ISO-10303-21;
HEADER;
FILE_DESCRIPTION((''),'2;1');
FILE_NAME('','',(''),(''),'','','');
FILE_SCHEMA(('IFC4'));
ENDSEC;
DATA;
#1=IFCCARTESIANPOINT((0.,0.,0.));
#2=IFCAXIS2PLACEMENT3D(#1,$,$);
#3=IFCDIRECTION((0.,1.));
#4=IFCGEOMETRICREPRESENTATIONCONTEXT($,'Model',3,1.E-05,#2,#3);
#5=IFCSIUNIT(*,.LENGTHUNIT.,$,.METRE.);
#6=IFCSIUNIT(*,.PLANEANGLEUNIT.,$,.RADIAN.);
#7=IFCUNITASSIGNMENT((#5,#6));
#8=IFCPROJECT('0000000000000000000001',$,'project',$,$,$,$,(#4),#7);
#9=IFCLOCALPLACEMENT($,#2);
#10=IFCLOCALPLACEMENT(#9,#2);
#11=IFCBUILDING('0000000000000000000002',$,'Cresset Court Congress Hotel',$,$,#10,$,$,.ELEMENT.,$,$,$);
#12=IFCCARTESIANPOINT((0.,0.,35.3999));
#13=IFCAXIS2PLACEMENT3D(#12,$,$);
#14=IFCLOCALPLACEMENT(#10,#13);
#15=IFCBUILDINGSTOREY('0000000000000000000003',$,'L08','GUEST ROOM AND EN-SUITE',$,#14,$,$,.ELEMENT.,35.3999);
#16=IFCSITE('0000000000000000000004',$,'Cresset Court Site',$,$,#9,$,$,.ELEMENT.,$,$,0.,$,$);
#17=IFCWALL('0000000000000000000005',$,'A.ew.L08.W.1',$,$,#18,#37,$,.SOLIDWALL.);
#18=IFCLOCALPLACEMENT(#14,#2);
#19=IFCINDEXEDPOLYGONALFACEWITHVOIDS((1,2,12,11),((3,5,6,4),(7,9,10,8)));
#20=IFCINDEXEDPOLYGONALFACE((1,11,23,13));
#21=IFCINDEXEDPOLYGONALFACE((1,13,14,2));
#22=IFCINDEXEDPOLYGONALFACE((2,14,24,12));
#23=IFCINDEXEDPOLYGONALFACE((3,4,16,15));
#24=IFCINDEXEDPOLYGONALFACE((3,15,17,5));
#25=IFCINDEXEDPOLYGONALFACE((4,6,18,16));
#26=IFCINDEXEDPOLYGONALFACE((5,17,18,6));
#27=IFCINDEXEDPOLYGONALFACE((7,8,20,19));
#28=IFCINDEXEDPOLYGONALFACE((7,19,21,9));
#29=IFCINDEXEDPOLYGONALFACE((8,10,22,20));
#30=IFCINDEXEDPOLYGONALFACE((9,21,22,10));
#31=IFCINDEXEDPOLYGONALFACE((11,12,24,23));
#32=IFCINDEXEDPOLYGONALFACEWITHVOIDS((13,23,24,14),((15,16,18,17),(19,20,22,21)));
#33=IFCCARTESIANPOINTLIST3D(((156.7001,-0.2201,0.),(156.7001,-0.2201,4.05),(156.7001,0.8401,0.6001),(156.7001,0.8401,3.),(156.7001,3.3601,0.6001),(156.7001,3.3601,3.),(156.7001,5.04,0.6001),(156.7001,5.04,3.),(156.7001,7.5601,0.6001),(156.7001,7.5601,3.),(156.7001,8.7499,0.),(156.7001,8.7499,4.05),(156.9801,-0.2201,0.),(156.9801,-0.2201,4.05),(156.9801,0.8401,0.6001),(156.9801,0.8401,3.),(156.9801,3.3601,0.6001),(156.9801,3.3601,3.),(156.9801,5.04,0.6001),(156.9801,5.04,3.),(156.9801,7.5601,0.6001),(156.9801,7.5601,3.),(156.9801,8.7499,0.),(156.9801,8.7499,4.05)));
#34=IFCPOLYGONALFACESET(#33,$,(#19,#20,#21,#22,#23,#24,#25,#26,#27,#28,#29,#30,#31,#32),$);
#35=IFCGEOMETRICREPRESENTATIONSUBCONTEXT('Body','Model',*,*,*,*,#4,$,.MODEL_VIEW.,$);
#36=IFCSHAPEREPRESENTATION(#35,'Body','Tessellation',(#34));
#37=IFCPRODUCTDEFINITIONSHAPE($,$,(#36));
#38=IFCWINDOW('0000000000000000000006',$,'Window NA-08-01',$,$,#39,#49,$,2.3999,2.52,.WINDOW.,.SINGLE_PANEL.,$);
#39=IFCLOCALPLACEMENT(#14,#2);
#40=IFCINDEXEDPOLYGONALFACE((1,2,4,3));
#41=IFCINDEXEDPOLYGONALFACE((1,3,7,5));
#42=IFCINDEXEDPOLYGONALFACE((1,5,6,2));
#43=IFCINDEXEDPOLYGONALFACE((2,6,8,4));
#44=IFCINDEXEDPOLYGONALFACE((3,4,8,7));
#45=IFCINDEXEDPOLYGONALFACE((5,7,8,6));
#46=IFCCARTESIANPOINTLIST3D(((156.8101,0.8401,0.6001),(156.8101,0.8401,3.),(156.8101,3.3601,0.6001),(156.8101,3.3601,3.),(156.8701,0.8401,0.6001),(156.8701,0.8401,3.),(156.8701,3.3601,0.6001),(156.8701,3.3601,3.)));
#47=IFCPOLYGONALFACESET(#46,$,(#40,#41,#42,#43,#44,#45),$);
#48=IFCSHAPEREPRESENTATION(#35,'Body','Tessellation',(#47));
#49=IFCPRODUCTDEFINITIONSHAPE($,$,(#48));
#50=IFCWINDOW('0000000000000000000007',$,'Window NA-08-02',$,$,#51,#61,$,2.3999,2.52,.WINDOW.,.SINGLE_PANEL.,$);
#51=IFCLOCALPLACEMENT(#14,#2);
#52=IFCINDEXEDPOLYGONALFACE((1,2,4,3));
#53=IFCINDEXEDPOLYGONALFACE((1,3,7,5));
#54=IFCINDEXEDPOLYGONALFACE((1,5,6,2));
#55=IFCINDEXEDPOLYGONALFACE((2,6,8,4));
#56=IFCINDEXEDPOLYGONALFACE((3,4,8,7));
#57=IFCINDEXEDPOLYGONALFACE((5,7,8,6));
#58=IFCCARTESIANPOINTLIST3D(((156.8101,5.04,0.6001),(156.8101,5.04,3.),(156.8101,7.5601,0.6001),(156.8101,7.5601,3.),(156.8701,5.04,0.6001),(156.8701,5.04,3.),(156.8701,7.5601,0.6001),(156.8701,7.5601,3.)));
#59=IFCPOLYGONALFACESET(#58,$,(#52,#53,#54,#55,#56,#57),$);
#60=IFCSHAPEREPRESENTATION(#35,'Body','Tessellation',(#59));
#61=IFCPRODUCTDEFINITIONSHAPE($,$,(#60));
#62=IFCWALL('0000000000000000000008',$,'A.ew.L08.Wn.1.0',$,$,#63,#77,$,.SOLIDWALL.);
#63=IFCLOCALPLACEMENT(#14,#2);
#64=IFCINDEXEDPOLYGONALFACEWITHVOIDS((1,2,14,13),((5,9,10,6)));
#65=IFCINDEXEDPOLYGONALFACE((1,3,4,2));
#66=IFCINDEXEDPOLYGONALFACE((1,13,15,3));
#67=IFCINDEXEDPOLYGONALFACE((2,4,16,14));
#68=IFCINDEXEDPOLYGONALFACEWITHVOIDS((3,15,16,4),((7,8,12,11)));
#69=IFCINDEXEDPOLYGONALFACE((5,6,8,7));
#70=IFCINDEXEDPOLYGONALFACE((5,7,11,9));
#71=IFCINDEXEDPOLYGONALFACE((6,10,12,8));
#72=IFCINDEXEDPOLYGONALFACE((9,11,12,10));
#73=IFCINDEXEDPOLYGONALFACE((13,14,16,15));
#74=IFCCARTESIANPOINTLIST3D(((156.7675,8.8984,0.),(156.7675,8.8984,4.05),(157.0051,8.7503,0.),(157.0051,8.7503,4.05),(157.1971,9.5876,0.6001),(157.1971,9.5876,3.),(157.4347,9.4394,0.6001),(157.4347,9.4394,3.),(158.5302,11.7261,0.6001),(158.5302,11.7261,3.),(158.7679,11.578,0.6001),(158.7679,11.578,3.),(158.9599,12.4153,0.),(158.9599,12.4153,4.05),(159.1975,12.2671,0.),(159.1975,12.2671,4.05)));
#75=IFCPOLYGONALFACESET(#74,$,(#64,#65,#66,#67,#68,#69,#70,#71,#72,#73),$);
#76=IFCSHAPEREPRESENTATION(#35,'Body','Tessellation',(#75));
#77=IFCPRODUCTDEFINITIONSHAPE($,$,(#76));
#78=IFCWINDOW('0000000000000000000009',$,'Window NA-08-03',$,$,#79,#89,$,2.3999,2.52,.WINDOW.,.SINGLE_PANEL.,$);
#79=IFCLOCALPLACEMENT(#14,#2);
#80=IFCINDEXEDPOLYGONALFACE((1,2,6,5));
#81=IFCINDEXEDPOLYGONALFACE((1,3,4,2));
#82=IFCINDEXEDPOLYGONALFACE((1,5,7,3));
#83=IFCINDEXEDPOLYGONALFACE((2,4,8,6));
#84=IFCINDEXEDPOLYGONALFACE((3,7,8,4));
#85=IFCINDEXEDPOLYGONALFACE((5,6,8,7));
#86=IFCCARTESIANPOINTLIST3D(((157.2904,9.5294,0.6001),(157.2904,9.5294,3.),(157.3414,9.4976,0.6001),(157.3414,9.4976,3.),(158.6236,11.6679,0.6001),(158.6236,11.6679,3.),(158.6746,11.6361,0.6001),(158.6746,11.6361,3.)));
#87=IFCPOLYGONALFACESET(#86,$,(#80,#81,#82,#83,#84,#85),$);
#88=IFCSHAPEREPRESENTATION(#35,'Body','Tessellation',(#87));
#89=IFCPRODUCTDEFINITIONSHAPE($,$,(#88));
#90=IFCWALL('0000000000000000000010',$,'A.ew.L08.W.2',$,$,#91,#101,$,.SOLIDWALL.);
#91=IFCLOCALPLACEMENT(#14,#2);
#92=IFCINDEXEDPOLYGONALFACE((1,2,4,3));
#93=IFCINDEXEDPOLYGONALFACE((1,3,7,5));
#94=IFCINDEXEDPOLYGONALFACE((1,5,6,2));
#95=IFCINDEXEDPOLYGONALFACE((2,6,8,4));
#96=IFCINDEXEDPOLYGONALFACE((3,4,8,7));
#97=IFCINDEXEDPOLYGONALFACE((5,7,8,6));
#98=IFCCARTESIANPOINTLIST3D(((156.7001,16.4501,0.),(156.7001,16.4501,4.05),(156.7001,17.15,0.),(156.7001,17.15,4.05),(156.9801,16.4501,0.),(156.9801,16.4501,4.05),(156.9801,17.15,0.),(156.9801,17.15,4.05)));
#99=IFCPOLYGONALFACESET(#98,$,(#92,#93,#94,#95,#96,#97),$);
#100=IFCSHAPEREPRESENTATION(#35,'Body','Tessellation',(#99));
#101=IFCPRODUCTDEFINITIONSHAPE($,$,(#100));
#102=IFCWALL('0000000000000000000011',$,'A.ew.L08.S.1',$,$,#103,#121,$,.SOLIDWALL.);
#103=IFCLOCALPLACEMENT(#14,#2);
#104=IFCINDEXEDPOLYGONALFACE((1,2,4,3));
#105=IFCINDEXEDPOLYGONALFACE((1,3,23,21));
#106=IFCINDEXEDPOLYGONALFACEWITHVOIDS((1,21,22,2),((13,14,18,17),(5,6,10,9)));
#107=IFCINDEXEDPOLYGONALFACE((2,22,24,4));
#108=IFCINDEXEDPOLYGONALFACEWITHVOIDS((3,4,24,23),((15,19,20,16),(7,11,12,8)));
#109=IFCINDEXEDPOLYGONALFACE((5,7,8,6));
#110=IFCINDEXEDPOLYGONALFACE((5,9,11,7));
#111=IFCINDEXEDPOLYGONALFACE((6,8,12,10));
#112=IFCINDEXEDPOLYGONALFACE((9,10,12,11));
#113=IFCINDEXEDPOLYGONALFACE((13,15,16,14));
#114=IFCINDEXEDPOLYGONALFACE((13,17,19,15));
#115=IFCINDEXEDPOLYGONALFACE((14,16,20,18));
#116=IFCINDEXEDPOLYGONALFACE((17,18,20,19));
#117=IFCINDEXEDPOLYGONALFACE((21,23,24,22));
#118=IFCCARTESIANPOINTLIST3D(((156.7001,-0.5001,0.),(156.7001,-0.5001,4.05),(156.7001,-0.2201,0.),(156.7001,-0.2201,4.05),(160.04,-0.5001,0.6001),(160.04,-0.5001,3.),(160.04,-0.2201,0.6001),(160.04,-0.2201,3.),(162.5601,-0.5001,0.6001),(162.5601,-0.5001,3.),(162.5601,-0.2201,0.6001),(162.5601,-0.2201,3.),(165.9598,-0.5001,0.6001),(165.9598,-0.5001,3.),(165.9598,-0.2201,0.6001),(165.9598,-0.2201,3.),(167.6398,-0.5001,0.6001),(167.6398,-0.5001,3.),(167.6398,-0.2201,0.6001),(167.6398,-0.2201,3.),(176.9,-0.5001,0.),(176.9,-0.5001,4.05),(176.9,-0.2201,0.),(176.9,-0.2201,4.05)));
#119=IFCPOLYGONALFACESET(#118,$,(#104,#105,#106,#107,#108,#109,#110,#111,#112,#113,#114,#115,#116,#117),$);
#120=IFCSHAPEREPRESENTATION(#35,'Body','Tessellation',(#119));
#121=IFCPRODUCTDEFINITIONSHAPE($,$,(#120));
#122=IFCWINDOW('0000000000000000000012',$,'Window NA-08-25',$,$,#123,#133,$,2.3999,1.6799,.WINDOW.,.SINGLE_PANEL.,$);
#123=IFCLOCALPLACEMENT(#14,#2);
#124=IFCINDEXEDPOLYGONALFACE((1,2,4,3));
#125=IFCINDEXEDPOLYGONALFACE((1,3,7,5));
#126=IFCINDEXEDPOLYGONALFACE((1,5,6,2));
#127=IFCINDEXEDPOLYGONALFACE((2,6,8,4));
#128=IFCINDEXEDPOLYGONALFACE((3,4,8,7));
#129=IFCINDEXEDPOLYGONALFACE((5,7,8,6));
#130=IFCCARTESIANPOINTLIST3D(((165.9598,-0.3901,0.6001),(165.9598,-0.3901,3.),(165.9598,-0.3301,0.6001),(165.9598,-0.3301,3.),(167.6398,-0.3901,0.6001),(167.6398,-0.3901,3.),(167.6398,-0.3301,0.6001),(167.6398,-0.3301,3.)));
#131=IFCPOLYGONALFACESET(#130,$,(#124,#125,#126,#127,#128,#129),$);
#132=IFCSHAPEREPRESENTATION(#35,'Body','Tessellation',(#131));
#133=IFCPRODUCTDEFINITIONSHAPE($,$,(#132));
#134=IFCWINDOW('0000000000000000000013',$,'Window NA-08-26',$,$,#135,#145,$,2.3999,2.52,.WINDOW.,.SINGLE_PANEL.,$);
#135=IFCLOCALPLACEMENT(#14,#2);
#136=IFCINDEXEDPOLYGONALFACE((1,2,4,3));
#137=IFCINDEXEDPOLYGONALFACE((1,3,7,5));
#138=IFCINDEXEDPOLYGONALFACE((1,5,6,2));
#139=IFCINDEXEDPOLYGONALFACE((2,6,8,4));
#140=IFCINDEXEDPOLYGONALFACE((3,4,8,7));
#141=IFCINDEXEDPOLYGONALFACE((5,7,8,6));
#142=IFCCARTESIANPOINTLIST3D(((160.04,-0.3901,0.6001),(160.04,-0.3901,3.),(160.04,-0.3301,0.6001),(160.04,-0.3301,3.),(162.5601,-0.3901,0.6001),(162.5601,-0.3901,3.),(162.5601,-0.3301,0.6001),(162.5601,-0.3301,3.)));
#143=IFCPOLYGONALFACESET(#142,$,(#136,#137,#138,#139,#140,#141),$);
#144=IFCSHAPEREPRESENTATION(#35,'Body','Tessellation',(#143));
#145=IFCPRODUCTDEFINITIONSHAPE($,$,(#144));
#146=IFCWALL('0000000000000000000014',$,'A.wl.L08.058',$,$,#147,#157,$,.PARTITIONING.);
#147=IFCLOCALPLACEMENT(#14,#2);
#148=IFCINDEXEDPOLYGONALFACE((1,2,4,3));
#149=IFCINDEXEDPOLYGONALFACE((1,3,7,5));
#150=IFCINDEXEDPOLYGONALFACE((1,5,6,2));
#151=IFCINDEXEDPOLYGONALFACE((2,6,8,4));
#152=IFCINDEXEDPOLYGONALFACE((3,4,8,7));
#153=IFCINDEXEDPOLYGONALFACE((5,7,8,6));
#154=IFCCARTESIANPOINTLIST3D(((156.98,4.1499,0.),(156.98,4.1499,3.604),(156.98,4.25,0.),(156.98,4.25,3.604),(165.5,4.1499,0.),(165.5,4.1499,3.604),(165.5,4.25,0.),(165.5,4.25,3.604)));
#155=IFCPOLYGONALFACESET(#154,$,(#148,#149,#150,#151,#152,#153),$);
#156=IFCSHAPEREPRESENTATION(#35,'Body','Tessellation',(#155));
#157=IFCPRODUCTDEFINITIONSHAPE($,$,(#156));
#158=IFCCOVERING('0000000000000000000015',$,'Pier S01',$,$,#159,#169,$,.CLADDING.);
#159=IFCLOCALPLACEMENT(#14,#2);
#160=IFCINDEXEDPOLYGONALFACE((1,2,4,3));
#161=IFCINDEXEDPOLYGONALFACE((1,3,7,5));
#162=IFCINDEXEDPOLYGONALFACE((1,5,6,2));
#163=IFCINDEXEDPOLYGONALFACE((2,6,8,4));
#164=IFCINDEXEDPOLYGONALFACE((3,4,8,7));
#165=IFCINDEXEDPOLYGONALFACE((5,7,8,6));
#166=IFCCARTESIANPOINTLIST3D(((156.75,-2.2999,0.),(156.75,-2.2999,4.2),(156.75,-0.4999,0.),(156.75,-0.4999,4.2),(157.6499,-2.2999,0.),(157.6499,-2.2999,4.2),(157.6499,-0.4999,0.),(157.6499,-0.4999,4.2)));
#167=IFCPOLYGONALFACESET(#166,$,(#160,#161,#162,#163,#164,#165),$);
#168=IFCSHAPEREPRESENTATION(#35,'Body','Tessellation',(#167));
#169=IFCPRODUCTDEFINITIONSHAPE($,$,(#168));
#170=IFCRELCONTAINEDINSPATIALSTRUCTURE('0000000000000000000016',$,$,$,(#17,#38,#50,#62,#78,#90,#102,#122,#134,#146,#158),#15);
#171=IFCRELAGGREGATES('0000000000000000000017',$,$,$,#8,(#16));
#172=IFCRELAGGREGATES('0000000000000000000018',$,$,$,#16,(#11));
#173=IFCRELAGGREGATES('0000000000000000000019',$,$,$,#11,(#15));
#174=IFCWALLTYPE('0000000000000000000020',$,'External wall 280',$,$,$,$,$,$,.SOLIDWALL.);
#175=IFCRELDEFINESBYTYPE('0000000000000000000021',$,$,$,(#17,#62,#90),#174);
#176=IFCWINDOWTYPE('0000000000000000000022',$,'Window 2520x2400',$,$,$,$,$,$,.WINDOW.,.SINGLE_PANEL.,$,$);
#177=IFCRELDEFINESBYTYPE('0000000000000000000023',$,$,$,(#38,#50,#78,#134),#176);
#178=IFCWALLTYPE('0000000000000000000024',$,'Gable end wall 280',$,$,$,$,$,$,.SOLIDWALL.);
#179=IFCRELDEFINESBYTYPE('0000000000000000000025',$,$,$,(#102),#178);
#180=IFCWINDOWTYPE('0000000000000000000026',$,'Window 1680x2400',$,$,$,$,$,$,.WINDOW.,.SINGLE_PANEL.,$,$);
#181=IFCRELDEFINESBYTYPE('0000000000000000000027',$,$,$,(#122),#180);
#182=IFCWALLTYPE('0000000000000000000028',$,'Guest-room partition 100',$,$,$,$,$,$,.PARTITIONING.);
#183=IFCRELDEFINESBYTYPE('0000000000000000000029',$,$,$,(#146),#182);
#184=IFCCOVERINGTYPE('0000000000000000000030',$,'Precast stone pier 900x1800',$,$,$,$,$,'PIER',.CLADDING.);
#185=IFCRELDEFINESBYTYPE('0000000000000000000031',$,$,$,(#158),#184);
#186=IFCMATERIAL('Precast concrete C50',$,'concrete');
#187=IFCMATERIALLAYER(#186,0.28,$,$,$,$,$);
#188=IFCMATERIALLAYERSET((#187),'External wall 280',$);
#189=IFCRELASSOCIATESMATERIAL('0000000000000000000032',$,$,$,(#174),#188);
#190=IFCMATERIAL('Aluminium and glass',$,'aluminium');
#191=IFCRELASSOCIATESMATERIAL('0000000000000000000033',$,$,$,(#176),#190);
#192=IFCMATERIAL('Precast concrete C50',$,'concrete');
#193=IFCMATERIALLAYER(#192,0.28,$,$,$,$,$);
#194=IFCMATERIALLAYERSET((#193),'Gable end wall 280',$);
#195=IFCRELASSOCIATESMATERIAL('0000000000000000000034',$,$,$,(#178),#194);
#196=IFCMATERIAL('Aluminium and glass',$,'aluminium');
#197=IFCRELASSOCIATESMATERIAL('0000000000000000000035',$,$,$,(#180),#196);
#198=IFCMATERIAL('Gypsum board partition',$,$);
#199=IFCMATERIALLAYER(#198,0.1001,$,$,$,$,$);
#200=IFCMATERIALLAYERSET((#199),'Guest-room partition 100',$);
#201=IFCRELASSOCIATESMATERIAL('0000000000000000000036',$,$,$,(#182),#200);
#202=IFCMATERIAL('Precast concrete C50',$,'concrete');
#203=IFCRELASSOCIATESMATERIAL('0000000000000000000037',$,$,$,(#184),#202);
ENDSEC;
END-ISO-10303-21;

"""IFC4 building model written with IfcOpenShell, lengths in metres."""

from ifc_helpers import new_model, si_unit, direction, frame, frame_2d, origin, origin_2d, place, context, subcontext, project, spatial, rectangle, extrude, material, layer, layer_set, type_object, element, fill, save


model = new_model("IFC4")

# Units and contexts
model_context = context("Model", 3, precision=1e-05, world=origin(), true_north=direction((0.0, 1.0)))
body_context = subcontext(model_context, "Body", "Model", "MODEL_VIEW")
ifc_project = project(units=[si_unit("LENGTHUNIT", "METRE"), si_unit("PLANEANGLEUNIT", "RADIAN")], contexts=[model_context])

# Site, building, storey
site_placement = place(None, origin())
site = spatial("IfcSite", under=ifc_project, at=site_placement, Name="Cresset Court Site", CompositionType="ELEMENT", RefElevation=0.0)
building_placement = place(site_placement, origin())
building = spatial("IfcBuilding", under=site, at=building_placement, Name="Cresset Court Congress Hotel", CompositionType="ELEMENT")
storey_placement = place(building_placement, frame((0.0, 0.0, 35.3999)))
storey = spatial("IfcBuildingStorey", under=building, at=storey_placement, Name="L08", Description="GUEST ROOM AND EN-SUITE", CompositionType="ELEMENT", Elevation=35.3999)

# Wall, openings, windows
ifc_material_1 = material(Name="Precast concrete C50", Category="concrete")
ifc_layer_1 = layer(ifc_material_1, 0.28)
ifc_layer_set_1 = layer_set([ifc_layer_1], Name="External wall 280")
wall_type_1 = type_object("IfcWallType", Name="External wall 280", PredefinedType="SOLIDWALL", material=ifc_layer_set_1)
wall_1_placement = place(storey_placement, frame((156.8401, -0.22, 0.0), z_axis=(0.0, 0.0, 1.0), x_axis=(0.0, 1.0, 0.0)))
wall_1 = element("IfcWall", 1, at=wall_1_placement, inside=storey, type_object=wall_type_1, Name="A.ew.L08.W.1", PredefinedType="SOLIDWALL", context=body_context, shape_type="SweptSolid", body=[
    extrude(rectangle(XDim=8.97, YDim=0.28, at=frame_2d((4.4849, 0.0))), origin(), (0.0, 0.0, 1.0), 4.05),
])
opening_1_placement = place(wall_1_placement, frame((1.0601, 0.0, 0.6001)))
opening_1 = element("IfcOpeningElement", 2, at=opening_1_placement, cuts=wall_1, PredefinedType="OPENING", context=body_context, shape_type="SweptSolid", body=[
    extrude(rectangle(XDim=2.52, YDim=2.3999, at=frame_2d((1.26, 1.2))), frame((0.0, 0.1499, 0.0), z_axis=(0.0, -1.0, 0.0), x_axis=(1.0, 0.0, 0.0)), (0.0, 0.0, 1.0), 0.3),
])
opening_2_placement = place(wall_1_placement, frame((5.26, 0.0, 0.6001)))
opening_2 = element("IfcOpeningElement", 3, at=opening_2_placement, cuts=wall_1, PredefinedType="OPENING", context=body_context, shape_type="SweptSolid", body=[
    extrude(rectangle(XDim=2.52, YDim=2.3999, at=frame_2d((1.26, 1.2))), frame((0.0, 0.1499, 0.0), z_axis=(0.0, -1.0, 0.0), x_axis=(1.0, 0.0, 0.0)), (0.0, 0.0, 1.0), 0.3),
])
ifc_material_2 = material(Name="Aluminium and glass", Category="aluminium")
window_type_1 = type_object("IfcWindowType", Name="Window 2520x2400", PartitioningType="SINGLE_PANEL", PredefinedType="WINDOW", material=ifc_material_2)
window_1_placement = place(opening_1_placement, origin())
window_1 = element("IfcWindow", 4, at=window_1_placement, inside=storey, type_object=window_type_1, Name="Window NA-08-01", OverallHeight=2.3999, OverallWidth=2.52, PartitioningType="SINGLE_PANEL", PredefinedType="WINDOW", context=body_context, shape_type="SweptSolid", body=[
    extrude(rectangle(XDim=2.52, YDim=2.3999, at=frame_2d((1.26, 1.2))), frame((0.0, 0.03, 0.0), z_axis=(0.0, -1.0, 0.0), x_axis=(1.0, 0.0, 0.0)), (0.0, 0.0, 1.0), 0.0601),
])
fill(opening_1, window_1)
window_2_placement = place(opening_2_placement, origin())
window_2 = element("IfcWindow", 5, at=window_2_placement, inside=storey, type_object=window_type_1, Name="Window NA-08-02", OverallHeight=2.3999, OverallWidth=2.52, PartitioningType="SINGLE_PANEL", PredefinedType="WINDOW", context=body_context, shape_type="SweptSolid", body=[
    extrude(rectangle(XDim=2.52, YDim=2.3999, at=frame_2d((1.26, 1.2))), frame((0.0, 0.03, 0.0), z_axis=(0.0, -1.0, 0.0), x_axis=(1.0, 0.0, 0.0)), (0.0, 0.0, 1.0), 0.0601),
])
fill(opening_2, window_2)

# Wall, opening, window
wall_2_placement = place(storey_placement, frame((156.8862, 8.8242, 0.0), z_axis=(0.0, 0.0, 1.0), x_axis=(0.529019, 0.84861, 0.0)))
wall_2 = element("IfcWall", 6, at=wall_2_placement, inside=storey, type_object=wall_type_1, Name="A.ew.L08.Wn.1.0", PredefinedType="SOLIDWALL", context=body_context, shape_type="SweptSolid", body=[
    extrude(rectangle(XDim=4.1443, YDim=0.28, at=frame_2d((2.0723, 0.0))), origin(), (0.0, 0.0, 1.0), 4.05),
])
opening_3_placement = place(wall_2_placement, frame((0.8123, 0.0, 0.6001)))
opening_3 = element("IfcOpeningElement", 7, at=opening_3_placement, cuts=wall_2, PredefinedType="OPENING", context=body_context, shape_type="SweptSolid", body=[
    extrude(rectangle(XDim=2.52, YDim=2.3999, at=frame_2d((1.26, 1.2))), frame((0.0, 0.1499, 0.0), z_axis=(0.0, -1.0, 0.0), x_axis=(1.0, 0.0, 0.0)), (0.0, 0.0, 1.0), 0.3),
])
window_3_placement = place(opening_3_placement, origin())
window_3 = element("IfcWindow", 8, at=window_3_placement, inside=storey, type_object=window_type_1, Name="Window NA-08-03", OverallHeight=2.3999, OverallWidth=2.52, PartitioningType="SINGLE_PANEL", PredefinedType="WINDOW", context=body_context, shape_type="SweptSolid", body=[
    extrude(rectangle(XDim=2.52, YDim=2.3999, at=frame_2d((1.26, 1.2))), frame((0.0, 0.03, 0.0), z_axis=(0.0, -1.0, 0.0), x_axis=(1.0, 0.0, 0.0)), (0.0, 0.0, 1.0), 0.0601),
])
fill(opening_3, window_3)

# Wall
wall_3_placement = place(storey_placement, frame((156.8401, 16.45, 0.0), z_axis=(0.0, 0.0, 1.0), x_axis=(0.0, 1.0, 0.0)))
element("IfcWall", 9, at=wall_3_placement, inside=storey, type_object=wall_type_1, Name="A.ew.L08.W.2", PredefinedType="SOLIDWALL", context=body_context, shape_type="SweptSolid", body=[
    extrude(rectangle(XDim=0.7, YDim=0.28, at=frame_2d((0.3501, 0.0))), origin(), (0.0, 0.0, 1.0), 4.05),
])

# Wall, openings, windows
ifc_material_3 = material(Name="Precast concrete C50", Category="concrete")
ifc_layer_2 = layer(ifc_material_3, 0.28)
ifc_layer_set_2 = layer_set([ifc_layer_2], Name="Gable end wall 280")
wall_type_2 = type_object("IfcWallType", Name="Gable end wall 280", PredefinedType="SOLIDWALL", material=ifc_layer_set_2)
wall_4_placement = place(storey_placement, frame((156.7, -0.3601, 0.0), z_axis=(0.0, 0.0, 1.0), x_axis=(1.0, 0.0, 0.0)))
wall_4 = element("IfcWall", 10, at=wall_4_placement, inside=storey, type_object=wall_type_2, Name="A.ew.L08.S.1", PredefinedType="SOLIDWALL", context=body_context, shape_type="SweptSolid", body=[
    extrude(rectangle(XDim=20.2, YDim=0.28, at=frame_2d((10.1001, 0.0))), origin(), (0.0, 0.0, 1.0), 4.05),
])
opening_4_placement = place(wall_4_placement, frame((9.26, 0.0, 0.6001)))
opening_4 = element("IfcOpeningElement", 11, at=opening_4_placement, cuts=wall_4, PredefinedType="OPENING", context=body_context, shape_type="SweptSolid", body=[
    extrude(rectangle(XDim=1.6799, YDim=2.3999, at=frame_2d((0.8398, 1.2))), frame((0.0, 0.1499, 0.0), z_axis=(0.0, -1.0, 0.0), x_axis=(1.0, 0.0, 0.0)), (0.0, 0.0, 1.0), 0.3),
])
opening_5_placement = place(wall_4_placement, frame((3.3401, 0.0, 0.6001)))
opening_5 = element("IfcOpeningElement", 12, at=opening_5_placement, cuts=wall_4, PredefinedType="OPENING", context=body_context, shape_type="SweptSolid", body=[
    extrude(rectangle(XDim=2.52, YDim=2.3999, at=frame_2d((1.26, 1.2))), frame((0.0, 0.1499, 0.0), z_axis=(0.0, -1.0, 0.0), x_axis=(1.0, 0.0, 0.0)), (0.0, 0.0, 1.0), 0.3),
])
ifc_material_4 = material(Name="Aluminium and glass", Category="aluminium")
window_type_2 = type_object("IfcWindowType", Name="Window 1680x2400", PartitioningType="SINGLE_PANEL", PredefinedType="WINDOW", material=ifc_material_4)
window_4_placement = place(opening_4_placement, origin())
window_4 = element("IfcWindow", 13, at=window_4_placement, inside=storey, type_object=window_type_2, Name="Window NA-08-25", OverallHeight=2.3999, OverallWidth=1.6799, PartitioningType="SINGLE_PANEL", PredefinedType="WINDOW", context=body_context, shape_type="SweptSolid", body=[
    extrude(rectangle(XDim=1.6799, YDim=2.3999, at=frame_2d((0.8398, 1.2))), frame((0.0, 0.03, 0.0), z_axis=(0.0, -1.0, 0.0), x_axis=(1.0, 0.0, 0.0)), (0.0, 0.0, 1.0), 0.0601),
])
fill(opening_4, window_4)
window_5_placement = place(opening_5_placement, origin())
window_5 = element("IfcWindow", 14, at=window_5_placement, inside=storey, type_object=window_type_1, Name="Window NA-08-26", OverallHeight=2.3999, OverallWidth=2.52, PartitioningType="SINGLE_PANEL", PredefinedType="WINDOW", context=body_context, shape_type="SweptSolid", body=[
    extrude(rectangle(XDim=2.52, YDim=2.3999, at=frame_2d((1.26, 1.2))), frame((0.0, 0.03, 0.0), z_axis=(0.0, -1.0, 0.0), x_axis=(1.0, 0.0, 0.0)), (0.0, 0.0, 1.0), 0.0601),
])
fill(opening_5, window_5)

# Wall
ifc_material_5 = material(Name="Gypsum board partition")
ifc_layer_3 = layer(ifc_material_5, 0.1001)
ifc_layer_set_3 = layer_set([ifc_layer_3], Name="Guest-room partition 100")
wall_type_3 = type_object("IfcWallType", Name="Guest-room partition 100", PredefinedType="PARTITIONING", material=ifc_layer_set_3)
wall_5_placement = place(storey_placement, frame((156.98, 4.2, 0.0), z_axis=(0.0, 0.0, 1.0), x_axis=(1.0, 0.0, 0.0)))
element("IfcWall", 15, at=wall_5_placement, inside=storey, type_object=wall_type_3, Name="A.wl.L08.058", PredefinedType="PARTITIONING", context=body_context, shape_type="SweptSolid", body=[
    extrude(rectangle(XDim=8.52, YDim=0.1001, at=frame_2d((4.26, 0.0))), origin(), (0.0, 0.0, 1.0), 3.604),
])

# Covering
ifc_material_6 = material(Name="Precast concrete C50", Category="concrete")
covering_type = type_object("IfcCoveringType", Name="Precast stone pier 900x1800", ElementType="PIER", PredefinedType="CLADDING", material=ifc_material_6)
covering_placement = place(storey_placement, frame((157.2, -1.3999, 0.0), z_axis=(0.0, 0.0, 1.0), x_axis=(1.0, 0.0, 0.0)))
element("IfcCovering", 16, at=covering_placement, inside=storey, type_object=covering_type, Name="Pier S01", PredefinedType="CLADDING", context=body_context, shape_type="SweptSolid", body=[
    extrude(rectangle(XDim=0.8999, YDim=1.8, at=origin_2d()), origin(), (0.0, 0.0, 1.0), 4.2),
])

save(model, "model.ifc")
